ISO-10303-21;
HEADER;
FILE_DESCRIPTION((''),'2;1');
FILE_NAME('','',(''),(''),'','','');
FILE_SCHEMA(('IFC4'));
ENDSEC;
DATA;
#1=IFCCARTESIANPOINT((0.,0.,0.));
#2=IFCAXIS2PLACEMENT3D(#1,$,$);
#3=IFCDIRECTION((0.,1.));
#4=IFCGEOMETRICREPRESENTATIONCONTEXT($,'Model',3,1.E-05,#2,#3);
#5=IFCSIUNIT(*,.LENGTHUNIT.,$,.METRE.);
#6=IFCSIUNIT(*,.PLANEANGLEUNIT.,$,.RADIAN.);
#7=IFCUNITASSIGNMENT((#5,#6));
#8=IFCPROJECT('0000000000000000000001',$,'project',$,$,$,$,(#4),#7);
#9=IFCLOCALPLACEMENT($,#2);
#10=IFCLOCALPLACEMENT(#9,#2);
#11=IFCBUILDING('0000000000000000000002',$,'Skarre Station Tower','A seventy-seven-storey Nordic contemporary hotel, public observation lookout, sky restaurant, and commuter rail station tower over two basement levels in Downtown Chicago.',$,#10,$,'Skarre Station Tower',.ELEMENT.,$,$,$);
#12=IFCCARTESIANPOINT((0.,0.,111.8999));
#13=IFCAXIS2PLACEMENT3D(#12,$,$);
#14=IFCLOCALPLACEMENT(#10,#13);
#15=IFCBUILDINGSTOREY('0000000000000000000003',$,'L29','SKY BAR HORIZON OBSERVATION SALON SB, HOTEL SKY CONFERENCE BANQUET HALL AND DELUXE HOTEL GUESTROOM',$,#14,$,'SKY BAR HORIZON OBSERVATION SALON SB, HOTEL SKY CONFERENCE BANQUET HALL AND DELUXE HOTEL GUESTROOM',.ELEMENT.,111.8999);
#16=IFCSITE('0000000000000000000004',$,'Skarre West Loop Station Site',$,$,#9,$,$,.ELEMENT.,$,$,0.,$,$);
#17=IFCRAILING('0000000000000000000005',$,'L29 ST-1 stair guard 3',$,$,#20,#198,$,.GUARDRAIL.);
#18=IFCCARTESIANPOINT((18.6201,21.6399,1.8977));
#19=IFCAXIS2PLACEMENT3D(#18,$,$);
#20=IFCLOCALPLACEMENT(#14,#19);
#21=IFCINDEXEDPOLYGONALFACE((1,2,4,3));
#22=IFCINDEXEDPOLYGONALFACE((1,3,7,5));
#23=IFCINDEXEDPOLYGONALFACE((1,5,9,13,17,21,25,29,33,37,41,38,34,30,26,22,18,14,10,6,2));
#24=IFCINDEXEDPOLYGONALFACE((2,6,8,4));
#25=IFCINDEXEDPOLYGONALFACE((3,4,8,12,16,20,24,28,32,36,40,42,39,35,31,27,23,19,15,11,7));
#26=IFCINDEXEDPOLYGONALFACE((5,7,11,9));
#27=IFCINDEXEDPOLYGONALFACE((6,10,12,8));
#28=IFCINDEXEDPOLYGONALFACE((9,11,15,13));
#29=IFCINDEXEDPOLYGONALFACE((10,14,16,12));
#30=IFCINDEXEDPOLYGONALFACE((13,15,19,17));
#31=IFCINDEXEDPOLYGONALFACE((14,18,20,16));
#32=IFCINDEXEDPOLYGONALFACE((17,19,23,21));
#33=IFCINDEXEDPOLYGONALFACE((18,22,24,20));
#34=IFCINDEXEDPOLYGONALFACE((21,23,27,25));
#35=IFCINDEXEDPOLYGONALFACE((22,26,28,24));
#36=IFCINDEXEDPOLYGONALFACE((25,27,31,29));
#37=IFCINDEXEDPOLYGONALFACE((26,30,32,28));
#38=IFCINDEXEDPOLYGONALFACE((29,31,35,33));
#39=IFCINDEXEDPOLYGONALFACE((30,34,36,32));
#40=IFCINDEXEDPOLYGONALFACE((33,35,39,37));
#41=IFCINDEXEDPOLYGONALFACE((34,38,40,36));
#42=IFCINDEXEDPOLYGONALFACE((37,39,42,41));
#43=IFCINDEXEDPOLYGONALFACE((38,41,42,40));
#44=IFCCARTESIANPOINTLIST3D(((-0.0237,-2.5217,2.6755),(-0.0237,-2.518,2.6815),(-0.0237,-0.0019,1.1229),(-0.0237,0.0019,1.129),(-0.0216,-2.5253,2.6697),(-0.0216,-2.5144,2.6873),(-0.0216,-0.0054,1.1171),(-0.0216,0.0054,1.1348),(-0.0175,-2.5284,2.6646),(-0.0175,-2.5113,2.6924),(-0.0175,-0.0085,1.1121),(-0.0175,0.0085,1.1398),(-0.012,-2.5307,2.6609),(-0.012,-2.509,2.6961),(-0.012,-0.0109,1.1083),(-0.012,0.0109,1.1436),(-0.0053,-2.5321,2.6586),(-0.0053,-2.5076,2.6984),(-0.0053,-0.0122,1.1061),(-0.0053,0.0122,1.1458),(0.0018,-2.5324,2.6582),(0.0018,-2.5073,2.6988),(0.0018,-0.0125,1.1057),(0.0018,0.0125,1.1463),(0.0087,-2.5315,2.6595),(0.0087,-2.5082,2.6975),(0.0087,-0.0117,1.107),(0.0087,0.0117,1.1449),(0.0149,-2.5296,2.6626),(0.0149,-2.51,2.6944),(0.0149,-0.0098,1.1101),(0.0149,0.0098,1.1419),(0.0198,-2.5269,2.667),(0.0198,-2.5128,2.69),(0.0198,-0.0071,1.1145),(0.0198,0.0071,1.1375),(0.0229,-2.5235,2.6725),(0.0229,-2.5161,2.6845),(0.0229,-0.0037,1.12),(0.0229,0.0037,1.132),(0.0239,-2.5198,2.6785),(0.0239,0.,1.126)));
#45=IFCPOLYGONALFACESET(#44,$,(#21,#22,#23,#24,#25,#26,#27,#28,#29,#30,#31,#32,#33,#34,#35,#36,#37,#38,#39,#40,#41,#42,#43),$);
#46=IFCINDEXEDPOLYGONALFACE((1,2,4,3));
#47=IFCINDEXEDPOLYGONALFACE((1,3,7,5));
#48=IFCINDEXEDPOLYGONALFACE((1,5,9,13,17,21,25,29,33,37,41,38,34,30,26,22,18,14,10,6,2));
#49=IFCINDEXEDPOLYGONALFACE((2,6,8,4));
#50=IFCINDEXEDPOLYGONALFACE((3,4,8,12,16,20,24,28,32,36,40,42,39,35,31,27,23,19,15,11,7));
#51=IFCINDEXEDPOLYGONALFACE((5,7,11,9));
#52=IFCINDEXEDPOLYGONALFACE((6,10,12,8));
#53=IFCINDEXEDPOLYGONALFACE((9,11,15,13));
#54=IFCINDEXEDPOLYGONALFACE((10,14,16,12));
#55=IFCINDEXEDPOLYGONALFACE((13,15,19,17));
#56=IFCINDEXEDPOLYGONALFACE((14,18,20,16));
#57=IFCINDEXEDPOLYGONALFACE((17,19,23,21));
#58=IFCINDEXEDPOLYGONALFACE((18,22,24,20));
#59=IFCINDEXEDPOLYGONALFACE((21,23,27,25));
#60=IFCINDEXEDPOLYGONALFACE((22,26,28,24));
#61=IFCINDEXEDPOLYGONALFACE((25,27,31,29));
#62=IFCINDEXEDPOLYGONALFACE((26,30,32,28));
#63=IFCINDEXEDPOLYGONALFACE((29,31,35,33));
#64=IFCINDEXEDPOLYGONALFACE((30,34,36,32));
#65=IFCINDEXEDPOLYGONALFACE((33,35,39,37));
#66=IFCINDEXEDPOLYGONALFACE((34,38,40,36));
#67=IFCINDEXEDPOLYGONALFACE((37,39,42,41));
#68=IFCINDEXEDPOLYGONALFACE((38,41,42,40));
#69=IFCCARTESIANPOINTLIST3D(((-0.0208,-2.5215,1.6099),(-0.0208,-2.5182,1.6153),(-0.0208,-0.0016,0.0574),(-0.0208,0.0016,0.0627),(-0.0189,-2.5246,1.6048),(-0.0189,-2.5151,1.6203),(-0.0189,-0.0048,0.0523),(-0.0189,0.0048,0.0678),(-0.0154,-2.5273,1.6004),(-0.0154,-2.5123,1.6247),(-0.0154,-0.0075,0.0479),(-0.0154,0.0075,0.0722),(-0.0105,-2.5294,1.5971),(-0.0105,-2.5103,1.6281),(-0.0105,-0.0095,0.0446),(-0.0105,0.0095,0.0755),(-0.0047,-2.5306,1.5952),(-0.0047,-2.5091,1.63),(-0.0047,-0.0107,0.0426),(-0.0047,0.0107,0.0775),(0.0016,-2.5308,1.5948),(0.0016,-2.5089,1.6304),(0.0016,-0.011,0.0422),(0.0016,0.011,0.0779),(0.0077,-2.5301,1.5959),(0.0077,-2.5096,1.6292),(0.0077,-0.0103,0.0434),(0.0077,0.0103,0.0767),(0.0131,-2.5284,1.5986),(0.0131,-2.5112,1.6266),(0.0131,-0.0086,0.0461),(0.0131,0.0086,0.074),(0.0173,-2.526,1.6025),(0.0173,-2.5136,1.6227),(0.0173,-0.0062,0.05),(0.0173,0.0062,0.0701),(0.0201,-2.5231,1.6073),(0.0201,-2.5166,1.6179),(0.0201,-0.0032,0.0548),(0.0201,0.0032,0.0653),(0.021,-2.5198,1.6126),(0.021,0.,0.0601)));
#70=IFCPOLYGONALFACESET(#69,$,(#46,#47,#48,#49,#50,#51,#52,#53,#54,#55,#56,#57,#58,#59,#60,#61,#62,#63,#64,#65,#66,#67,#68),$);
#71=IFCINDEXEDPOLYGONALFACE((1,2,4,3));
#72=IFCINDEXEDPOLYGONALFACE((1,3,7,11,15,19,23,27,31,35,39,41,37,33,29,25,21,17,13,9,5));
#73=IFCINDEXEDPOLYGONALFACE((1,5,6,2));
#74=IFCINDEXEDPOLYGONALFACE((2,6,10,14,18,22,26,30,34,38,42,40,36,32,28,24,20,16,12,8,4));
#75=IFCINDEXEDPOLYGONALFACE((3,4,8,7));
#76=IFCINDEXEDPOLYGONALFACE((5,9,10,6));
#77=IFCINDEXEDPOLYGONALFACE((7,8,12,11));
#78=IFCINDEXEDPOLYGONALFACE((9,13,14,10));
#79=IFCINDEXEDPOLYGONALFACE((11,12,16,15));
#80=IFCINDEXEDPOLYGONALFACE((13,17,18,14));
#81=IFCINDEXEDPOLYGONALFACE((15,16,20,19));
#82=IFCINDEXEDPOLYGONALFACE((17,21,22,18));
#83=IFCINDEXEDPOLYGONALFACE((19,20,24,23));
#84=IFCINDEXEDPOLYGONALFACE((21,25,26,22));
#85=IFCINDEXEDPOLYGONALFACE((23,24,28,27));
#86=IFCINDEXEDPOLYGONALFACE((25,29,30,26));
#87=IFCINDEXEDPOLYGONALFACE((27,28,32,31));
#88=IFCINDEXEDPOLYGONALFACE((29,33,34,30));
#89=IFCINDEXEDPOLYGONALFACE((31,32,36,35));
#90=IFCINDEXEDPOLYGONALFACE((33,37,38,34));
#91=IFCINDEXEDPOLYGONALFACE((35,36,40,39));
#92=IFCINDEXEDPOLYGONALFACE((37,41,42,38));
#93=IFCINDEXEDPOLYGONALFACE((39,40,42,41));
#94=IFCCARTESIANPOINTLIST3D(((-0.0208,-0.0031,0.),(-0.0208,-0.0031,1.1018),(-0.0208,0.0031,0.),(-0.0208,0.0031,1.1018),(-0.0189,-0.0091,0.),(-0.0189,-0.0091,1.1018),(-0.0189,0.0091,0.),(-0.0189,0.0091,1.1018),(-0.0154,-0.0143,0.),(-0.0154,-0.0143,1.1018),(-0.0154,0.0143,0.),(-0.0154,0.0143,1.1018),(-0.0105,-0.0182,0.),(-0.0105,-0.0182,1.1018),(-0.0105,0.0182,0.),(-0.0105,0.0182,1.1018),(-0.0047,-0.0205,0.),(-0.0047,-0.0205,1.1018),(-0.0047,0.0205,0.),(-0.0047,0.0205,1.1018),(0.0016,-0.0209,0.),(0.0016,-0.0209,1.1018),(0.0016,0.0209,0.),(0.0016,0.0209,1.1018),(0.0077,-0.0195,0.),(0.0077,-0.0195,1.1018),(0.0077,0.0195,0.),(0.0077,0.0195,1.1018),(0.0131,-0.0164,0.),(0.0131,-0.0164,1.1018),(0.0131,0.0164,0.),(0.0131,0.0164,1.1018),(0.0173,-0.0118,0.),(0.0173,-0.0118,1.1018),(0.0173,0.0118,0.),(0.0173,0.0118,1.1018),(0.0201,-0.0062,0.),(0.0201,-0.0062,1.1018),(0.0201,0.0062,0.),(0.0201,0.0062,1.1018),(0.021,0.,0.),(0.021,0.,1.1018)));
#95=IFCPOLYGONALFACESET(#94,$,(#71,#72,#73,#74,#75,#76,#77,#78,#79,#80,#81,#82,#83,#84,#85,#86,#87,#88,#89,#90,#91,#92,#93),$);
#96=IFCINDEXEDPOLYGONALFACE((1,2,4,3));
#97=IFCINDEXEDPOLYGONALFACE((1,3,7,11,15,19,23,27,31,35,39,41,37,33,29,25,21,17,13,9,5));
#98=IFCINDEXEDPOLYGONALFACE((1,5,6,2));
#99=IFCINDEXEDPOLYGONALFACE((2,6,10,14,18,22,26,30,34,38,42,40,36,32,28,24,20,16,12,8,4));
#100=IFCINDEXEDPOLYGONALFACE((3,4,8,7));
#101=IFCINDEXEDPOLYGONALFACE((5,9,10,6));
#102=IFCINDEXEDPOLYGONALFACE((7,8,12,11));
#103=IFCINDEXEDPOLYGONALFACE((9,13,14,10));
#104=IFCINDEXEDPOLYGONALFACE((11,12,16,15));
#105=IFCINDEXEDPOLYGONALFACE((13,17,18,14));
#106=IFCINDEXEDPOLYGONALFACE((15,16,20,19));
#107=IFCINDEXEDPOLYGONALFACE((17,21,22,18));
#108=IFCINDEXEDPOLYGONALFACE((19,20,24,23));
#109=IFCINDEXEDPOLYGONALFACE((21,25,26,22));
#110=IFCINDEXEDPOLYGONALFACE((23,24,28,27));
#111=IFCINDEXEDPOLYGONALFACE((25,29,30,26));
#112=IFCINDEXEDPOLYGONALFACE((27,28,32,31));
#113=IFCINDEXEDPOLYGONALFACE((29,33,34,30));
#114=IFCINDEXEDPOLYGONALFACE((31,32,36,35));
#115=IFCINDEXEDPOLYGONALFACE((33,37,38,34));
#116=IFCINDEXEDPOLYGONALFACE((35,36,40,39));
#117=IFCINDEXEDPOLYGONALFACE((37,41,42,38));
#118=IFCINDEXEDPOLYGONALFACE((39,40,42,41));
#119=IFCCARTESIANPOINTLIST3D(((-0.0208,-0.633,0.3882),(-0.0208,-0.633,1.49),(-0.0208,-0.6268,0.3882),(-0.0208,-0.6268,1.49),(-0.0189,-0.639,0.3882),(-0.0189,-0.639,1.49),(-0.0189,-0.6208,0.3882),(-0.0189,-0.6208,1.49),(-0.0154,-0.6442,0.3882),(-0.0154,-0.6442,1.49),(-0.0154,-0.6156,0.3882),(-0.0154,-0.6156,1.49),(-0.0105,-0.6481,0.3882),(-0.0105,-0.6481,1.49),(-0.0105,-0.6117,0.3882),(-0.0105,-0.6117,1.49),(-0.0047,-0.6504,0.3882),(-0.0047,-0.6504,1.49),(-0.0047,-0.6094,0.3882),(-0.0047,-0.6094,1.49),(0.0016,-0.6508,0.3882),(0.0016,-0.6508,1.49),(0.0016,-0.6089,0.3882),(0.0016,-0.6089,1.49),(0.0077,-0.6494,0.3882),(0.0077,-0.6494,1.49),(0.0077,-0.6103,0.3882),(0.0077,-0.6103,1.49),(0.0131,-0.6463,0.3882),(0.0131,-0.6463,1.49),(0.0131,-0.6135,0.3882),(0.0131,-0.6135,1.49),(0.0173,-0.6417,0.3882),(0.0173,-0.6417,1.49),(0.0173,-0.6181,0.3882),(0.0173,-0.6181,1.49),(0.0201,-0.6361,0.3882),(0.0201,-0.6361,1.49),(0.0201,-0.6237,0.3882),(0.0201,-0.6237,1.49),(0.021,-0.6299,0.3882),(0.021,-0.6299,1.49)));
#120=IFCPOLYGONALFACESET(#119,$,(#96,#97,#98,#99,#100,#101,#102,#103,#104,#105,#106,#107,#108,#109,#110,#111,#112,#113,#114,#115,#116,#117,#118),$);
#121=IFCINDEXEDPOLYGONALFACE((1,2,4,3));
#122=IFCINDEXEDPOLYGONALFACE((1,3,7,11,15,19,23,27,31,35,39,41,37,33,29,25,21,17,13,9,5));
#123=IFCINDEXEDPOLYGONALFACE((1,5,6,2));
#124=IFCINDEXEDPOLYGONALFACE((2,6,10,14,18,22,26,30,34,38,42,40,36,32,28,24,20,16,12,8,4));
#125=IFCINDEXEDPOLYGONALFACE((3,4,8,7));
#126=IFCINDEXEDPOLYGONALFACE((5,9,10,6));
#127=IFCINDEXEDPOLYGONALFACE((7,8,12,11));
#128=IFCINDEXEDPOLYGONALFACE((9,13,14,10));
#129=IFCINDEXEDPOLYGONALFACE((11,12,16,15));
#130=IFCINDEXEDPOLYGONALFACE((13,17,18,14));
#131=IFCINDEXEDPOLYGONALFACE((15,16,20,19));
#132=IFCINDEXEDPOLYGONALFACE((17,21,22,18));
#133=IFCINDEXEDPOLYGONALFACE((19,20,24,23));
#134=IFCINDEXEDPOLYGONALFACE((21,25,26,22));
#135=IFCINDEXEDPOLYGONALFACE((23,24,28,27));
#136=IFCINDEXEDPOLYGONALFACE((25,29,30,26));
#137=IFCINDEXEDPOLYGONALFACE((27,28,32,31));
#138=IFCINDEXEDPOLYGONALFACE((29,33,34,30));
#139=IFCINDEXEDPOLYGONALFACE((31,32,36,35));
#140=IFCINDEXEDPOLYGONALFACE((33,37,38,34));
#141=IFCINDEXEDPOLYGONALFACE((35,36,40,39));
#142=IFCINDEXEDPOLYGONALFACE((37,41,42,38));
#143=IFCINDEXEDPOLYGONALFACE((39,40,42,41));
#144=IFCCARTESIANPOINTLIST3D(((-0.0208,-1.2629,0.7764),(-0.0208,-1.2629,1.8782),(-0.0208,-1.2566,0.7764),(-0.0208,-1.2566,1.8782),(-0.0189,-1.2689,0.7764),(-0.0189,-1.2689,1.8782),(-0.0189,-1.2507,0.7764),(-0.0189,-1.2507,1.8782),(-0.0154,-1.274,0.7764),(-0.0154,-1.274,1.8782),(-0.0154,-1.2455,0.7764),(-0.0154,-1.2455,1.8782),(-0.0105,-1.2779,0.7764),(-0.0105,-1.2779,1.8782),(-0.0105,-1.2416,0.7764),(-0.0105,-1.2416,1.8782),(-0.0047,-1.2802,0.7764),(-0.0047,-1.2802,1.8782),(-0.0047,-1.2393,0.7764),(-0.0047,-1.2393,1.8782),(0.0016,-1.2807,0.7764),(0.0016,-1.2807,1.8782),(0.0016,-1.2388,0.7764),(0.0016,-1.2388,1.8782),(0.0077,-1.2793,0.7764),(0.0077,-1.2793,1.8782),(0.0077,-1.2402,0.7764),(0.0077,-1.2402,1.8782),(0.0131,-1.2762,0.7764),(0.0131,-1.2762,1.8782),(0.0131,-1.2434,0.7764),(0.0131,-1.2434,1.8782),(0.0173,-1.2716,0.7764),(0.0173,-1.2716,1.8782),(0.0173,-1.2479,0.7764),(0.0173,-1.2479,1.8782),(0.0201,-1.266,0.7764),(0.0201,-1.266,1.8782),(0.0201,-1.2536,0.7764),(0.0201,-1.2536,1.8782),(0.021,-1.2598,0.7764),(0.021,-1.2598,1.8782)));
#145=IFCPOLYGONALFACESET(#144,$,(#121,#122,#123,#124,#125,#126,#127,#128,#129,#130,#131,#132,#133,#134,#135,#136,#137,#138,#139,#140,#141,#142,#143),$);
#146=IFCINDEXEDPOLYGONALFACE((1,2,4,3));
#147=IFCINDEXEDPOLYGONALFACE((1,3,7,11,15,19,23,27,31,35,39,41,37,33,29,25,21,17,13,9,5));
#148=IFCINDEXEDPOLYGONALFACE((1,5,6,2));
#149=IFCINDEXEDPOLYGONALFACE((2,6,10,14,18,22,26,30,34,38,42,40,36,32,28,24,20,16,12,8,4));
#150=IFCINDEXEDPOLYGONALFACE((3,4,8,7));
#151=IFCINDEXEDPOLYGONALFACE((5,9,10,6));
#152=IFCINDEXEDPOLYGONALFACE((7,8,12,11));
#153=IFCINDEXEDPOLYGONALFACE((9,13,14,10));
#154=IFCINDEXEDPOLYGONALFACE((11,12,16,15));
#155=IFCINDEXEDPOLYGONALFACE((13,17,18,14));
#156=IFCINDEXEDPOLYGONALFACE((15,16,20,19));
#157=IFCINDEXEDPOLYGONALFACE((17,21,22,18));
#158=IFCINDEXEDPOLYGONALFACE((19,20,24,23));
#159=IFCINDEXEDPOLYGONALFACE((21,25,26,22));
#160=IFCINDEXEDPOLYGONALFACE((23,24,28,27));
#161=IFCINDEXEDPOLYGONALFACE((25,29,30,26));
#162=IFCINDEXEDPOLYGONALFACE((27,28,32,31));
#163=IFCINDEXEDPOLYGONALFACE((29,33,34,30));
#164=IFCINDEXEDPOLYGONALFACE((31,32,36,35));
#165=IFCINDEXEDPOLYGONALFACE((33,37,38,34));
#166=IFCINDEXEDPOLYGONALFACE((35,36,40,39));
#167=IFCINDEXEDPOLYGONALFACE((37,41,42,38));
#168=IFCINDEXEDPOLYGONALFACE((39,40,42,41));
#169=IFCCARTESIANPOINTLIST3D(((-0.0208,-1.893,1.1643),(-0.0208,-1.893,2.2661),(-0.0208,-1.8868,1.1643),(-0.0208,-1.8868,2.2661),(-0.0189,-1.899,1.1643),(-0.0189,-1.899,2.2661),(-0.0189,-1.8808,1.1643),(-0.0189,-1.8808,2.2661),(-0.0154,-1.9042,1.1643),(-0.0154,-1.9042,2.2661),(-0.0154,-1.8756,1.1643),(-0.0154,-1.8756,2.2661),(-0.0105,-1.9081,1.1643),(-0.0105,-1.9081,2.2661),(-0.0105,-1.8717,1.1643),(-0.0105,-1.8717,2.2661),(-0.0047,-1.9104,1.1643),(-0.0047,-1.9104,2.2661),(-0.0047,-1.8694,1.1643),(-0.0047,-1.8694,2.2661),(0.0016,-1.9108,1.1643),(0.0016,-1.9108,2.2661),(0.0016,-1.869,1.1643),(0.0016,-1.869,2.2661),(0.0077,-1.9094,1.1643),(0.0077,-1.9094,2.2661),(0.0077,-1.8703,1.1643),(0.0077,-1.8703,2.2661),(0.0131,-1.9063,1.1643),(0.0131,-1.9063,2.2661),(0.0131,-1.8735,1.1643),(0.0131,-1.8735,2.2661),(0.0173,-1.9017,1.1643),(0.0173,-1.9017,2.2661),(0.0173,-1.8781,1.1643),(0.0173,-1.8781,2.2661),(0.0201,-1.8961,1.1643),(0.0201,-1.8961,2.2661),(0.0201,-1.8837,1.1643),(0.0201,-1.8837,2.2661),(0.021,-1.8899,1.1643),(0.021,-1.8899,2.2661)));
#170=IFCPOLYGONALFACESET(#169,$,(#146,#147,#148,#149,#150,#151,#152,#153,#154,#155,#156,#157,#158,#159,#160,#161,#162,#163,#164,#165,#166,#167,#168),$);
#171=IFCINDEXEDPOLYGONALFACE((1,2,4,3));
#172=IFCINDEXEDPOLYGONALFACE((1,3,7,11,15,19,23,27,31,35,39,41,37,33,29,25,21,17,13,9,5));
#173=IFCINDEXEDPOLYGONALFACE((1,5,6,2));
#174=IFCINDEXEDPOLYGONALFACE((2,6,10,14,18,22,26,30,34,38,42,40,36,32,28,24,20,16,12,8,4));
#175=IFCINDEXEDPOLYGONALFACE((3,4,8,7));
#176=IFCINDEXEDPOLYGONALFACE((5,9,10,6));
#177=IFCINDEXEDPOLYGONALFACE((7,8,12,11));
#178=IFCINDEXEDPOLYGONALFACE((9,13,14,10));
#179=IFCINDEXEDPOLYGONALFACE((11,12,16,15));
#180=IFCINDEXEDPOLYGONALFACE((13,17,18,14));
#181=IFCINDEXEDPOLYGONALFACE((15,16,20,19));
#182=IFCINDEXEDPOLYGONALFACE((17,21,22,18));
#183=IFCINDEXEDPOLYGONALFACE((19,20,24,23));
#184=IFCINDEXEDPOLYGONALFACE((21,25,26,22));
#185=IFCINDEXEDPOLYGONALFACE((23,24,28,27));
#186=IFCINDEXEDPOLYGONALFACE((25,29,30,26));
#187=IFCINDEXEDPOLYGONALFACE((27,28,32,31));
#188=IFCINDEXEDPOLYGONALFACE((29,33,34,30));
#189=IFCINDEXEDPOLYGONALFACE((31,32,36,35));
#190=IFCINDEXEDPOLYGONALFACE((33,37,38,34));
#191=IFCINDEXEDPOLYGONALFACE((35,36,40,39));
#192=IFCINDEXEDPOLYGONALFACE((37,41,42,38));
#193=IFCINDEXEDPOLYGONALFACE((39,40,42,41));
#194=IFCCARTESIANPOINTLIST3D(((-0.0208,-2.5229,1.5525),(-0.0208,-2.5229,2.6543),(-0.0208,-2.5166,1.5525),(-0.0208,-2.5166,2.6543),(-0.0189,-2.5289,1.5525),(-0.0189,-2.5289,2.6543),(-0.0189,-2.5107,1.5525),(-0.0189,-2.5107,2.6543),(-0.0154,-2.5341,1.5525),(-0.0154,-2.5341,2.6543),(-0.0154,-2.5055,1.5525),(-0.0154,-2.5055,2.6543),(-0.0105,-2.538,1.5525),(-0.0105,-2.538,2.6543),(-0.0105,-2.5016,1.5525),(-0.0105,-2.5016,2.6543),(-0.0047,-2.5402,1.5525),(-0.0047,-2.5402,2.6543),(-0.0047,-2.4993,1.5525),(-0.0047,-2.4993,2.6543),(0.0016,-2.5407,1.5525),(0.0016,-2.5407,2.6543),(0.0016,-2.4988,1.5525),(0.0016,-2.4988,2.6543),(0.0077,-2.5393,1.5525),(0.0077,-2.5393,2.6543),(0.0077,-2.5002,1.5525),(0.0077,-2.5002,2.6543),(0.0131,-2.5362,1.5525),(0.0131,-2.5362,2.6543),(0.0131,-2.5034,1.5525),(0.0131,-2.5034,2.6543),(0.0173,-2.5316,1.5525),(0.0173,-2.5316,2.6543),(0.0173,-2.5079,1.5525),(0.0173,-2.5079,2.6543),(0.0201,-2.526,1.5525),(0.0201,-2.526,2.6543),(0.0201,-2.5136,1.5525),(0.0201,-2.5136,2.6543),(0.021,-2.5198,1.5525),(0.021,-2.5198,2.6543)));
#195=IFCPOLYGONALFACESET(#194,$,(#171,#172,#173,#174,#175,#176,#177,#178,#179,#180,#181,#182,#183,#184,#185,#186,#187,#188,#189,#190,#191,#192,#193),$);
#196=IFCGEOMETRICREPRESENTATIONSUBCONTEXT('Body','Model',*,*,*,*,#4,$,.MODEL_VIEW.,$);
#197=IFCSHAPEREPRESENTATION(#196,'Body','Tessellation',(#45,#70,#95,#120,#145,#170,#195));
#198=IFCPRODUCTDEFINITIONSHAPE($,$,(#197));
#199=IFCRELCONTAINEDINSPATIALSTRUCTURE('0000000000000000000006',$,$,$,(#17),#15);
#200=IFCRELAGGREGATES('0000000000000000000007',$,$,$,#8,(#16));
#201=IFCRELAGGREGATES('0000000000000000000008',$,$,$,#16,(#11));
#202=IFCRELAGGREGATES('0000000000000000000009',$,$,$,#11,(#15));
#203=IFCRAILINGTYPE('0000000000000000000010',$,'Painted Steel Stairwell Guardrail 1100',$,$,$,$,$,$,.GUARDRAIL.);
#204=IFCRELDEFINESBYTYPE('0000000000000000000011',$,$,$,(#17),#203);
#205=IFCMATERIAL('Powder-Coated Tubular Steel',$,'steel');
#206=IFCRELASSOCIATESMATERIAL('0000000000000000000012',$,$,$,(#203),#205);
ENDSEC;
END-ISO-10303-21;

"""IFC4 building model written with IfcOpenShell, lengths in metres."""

from ifc_helpers import new_model, si_unit, direction, frame, origin, origin_2d, place, context, subcontext, project, spatial, circle, extrude, material, type_object, element, save


model = new_model("IFC4")

# Units and contexts
model_context = context("Model", 3, precision=1e-05, world=origin(), true_north=direction((0.0, 1.0)))
body_context = subcontext(model_context, "Body", "Model", "MODEL_VIEW")
ifc_project = project(units=[si_unit("LENGTHUNIT", "METRE"), si_unit("PLANEANGLEUNIT", "RADIAN")], contexts=[model_context])

# Site, building, storey
site_placement = place(None, origin())
site = spatial("IfcSite", under=ifc_project, at=site_placement, Name="Skarre West Loop Station Site", CompositionType="ELEMENT", RefElevation=0.0)
building_placement = place(site_placement, origin())
building = spatial("IfcBuilding", under=site, at=building_placement, Name="Skarre Station Tower", Description="A seventy-seven-storey Nordic contemporary hotel, public observation lookout, sky restaurant, and commuter rail station tower over two basement levels in Downtown Chicago.", LongName="Skarre Station Tower", CompositionType="ELEMENT")
storey_placement = place(building_placement, frame((0.0, 0.0, 111.8999)))
storey = spatial("IfcBuildingStorey", under=building, at=storey_placement, Name="L29", Description="SKY BAR HORIZON OBSERVATION SALON SB, HOTEL SKY CONFERENCE BANQUET HALL AND DELUXE HOTEL GUESTROOM", LongName="SKY BAR HORIZON OBSERVATION SALON SB, HOTEL SKY CONFERENCE BANQUET HALL AND DELUXE HOTEL GUESTROOM", CompositionType="ELEMENT", Elevation=111.8999)

# Railing
ifc_material_1 = material(Name="Powder-Coated Tubular Steel", Category="steel")
railing_type = type_object("IfcRailingType", Name="Painted Steel Stairwell Guardrail 1100", PredefinedType="GUARDRAIL", material=ifc_material_1)
railing_1_placement = place(storey_placement, frame((18.6201, 21.6399, 1.8977)))
element("IfcRailing", 1, at=railing_1_placement, inside=storey, type_object=railing_type, Name="L29 ST-1 stair guard 3", PredefinedType="GUARDRAIL", context=body_context, shape_type="SweptSolid", body=[
    extrude(circle(Radius=0.0239, at=origin_2d()), frame((0.0, 0.0, 1.126), z_axis=(0.0, -0.851378, 0.524553), x_axis=(1.0, 0.0, 0.0)), (0.0, 0.0, 1.0), 2.9597),
    extrude(circle(Radius=0.021, at=origin_2d()), frame((0.0, 0.0, 0.0601), z_axis=(0.0, -0.851378, 0.524553), x_axis=(1.0, 0.0, 0.0)), (0.0, 0.0, 1.0), 2.9597),
    extrude(circle(Radius=0.021, at=origin_2d()), origin(), (0.0, 0.0, 1.0), 1.1018),
    extrude(circle(Radius=0.021, at=origin_2d()), frame((0.0, -0.6299, 0.3882)), (0.0, 0.0, 1.0), 1.1018),
    extrude(circle(Radius=0.021, at=origin_2d()), frame((0.0, -1.2598, 0.7764)), (0.0, 0.0, 1.0), 1.1018),
    extrude(circle(Radius=0.021, at=origin_2d()), frame((0.0, -1.8899, 1.1643)), (0.0, 0.0, 1.0), 1.1018),
    extrude(circle(Radius=0.021, at=origin_2d()), frame((0.0, -2.5198, 1.5525)), (0.0, 0.0, 1.0), 1.1018),
])

save(model, "model.ifc")
